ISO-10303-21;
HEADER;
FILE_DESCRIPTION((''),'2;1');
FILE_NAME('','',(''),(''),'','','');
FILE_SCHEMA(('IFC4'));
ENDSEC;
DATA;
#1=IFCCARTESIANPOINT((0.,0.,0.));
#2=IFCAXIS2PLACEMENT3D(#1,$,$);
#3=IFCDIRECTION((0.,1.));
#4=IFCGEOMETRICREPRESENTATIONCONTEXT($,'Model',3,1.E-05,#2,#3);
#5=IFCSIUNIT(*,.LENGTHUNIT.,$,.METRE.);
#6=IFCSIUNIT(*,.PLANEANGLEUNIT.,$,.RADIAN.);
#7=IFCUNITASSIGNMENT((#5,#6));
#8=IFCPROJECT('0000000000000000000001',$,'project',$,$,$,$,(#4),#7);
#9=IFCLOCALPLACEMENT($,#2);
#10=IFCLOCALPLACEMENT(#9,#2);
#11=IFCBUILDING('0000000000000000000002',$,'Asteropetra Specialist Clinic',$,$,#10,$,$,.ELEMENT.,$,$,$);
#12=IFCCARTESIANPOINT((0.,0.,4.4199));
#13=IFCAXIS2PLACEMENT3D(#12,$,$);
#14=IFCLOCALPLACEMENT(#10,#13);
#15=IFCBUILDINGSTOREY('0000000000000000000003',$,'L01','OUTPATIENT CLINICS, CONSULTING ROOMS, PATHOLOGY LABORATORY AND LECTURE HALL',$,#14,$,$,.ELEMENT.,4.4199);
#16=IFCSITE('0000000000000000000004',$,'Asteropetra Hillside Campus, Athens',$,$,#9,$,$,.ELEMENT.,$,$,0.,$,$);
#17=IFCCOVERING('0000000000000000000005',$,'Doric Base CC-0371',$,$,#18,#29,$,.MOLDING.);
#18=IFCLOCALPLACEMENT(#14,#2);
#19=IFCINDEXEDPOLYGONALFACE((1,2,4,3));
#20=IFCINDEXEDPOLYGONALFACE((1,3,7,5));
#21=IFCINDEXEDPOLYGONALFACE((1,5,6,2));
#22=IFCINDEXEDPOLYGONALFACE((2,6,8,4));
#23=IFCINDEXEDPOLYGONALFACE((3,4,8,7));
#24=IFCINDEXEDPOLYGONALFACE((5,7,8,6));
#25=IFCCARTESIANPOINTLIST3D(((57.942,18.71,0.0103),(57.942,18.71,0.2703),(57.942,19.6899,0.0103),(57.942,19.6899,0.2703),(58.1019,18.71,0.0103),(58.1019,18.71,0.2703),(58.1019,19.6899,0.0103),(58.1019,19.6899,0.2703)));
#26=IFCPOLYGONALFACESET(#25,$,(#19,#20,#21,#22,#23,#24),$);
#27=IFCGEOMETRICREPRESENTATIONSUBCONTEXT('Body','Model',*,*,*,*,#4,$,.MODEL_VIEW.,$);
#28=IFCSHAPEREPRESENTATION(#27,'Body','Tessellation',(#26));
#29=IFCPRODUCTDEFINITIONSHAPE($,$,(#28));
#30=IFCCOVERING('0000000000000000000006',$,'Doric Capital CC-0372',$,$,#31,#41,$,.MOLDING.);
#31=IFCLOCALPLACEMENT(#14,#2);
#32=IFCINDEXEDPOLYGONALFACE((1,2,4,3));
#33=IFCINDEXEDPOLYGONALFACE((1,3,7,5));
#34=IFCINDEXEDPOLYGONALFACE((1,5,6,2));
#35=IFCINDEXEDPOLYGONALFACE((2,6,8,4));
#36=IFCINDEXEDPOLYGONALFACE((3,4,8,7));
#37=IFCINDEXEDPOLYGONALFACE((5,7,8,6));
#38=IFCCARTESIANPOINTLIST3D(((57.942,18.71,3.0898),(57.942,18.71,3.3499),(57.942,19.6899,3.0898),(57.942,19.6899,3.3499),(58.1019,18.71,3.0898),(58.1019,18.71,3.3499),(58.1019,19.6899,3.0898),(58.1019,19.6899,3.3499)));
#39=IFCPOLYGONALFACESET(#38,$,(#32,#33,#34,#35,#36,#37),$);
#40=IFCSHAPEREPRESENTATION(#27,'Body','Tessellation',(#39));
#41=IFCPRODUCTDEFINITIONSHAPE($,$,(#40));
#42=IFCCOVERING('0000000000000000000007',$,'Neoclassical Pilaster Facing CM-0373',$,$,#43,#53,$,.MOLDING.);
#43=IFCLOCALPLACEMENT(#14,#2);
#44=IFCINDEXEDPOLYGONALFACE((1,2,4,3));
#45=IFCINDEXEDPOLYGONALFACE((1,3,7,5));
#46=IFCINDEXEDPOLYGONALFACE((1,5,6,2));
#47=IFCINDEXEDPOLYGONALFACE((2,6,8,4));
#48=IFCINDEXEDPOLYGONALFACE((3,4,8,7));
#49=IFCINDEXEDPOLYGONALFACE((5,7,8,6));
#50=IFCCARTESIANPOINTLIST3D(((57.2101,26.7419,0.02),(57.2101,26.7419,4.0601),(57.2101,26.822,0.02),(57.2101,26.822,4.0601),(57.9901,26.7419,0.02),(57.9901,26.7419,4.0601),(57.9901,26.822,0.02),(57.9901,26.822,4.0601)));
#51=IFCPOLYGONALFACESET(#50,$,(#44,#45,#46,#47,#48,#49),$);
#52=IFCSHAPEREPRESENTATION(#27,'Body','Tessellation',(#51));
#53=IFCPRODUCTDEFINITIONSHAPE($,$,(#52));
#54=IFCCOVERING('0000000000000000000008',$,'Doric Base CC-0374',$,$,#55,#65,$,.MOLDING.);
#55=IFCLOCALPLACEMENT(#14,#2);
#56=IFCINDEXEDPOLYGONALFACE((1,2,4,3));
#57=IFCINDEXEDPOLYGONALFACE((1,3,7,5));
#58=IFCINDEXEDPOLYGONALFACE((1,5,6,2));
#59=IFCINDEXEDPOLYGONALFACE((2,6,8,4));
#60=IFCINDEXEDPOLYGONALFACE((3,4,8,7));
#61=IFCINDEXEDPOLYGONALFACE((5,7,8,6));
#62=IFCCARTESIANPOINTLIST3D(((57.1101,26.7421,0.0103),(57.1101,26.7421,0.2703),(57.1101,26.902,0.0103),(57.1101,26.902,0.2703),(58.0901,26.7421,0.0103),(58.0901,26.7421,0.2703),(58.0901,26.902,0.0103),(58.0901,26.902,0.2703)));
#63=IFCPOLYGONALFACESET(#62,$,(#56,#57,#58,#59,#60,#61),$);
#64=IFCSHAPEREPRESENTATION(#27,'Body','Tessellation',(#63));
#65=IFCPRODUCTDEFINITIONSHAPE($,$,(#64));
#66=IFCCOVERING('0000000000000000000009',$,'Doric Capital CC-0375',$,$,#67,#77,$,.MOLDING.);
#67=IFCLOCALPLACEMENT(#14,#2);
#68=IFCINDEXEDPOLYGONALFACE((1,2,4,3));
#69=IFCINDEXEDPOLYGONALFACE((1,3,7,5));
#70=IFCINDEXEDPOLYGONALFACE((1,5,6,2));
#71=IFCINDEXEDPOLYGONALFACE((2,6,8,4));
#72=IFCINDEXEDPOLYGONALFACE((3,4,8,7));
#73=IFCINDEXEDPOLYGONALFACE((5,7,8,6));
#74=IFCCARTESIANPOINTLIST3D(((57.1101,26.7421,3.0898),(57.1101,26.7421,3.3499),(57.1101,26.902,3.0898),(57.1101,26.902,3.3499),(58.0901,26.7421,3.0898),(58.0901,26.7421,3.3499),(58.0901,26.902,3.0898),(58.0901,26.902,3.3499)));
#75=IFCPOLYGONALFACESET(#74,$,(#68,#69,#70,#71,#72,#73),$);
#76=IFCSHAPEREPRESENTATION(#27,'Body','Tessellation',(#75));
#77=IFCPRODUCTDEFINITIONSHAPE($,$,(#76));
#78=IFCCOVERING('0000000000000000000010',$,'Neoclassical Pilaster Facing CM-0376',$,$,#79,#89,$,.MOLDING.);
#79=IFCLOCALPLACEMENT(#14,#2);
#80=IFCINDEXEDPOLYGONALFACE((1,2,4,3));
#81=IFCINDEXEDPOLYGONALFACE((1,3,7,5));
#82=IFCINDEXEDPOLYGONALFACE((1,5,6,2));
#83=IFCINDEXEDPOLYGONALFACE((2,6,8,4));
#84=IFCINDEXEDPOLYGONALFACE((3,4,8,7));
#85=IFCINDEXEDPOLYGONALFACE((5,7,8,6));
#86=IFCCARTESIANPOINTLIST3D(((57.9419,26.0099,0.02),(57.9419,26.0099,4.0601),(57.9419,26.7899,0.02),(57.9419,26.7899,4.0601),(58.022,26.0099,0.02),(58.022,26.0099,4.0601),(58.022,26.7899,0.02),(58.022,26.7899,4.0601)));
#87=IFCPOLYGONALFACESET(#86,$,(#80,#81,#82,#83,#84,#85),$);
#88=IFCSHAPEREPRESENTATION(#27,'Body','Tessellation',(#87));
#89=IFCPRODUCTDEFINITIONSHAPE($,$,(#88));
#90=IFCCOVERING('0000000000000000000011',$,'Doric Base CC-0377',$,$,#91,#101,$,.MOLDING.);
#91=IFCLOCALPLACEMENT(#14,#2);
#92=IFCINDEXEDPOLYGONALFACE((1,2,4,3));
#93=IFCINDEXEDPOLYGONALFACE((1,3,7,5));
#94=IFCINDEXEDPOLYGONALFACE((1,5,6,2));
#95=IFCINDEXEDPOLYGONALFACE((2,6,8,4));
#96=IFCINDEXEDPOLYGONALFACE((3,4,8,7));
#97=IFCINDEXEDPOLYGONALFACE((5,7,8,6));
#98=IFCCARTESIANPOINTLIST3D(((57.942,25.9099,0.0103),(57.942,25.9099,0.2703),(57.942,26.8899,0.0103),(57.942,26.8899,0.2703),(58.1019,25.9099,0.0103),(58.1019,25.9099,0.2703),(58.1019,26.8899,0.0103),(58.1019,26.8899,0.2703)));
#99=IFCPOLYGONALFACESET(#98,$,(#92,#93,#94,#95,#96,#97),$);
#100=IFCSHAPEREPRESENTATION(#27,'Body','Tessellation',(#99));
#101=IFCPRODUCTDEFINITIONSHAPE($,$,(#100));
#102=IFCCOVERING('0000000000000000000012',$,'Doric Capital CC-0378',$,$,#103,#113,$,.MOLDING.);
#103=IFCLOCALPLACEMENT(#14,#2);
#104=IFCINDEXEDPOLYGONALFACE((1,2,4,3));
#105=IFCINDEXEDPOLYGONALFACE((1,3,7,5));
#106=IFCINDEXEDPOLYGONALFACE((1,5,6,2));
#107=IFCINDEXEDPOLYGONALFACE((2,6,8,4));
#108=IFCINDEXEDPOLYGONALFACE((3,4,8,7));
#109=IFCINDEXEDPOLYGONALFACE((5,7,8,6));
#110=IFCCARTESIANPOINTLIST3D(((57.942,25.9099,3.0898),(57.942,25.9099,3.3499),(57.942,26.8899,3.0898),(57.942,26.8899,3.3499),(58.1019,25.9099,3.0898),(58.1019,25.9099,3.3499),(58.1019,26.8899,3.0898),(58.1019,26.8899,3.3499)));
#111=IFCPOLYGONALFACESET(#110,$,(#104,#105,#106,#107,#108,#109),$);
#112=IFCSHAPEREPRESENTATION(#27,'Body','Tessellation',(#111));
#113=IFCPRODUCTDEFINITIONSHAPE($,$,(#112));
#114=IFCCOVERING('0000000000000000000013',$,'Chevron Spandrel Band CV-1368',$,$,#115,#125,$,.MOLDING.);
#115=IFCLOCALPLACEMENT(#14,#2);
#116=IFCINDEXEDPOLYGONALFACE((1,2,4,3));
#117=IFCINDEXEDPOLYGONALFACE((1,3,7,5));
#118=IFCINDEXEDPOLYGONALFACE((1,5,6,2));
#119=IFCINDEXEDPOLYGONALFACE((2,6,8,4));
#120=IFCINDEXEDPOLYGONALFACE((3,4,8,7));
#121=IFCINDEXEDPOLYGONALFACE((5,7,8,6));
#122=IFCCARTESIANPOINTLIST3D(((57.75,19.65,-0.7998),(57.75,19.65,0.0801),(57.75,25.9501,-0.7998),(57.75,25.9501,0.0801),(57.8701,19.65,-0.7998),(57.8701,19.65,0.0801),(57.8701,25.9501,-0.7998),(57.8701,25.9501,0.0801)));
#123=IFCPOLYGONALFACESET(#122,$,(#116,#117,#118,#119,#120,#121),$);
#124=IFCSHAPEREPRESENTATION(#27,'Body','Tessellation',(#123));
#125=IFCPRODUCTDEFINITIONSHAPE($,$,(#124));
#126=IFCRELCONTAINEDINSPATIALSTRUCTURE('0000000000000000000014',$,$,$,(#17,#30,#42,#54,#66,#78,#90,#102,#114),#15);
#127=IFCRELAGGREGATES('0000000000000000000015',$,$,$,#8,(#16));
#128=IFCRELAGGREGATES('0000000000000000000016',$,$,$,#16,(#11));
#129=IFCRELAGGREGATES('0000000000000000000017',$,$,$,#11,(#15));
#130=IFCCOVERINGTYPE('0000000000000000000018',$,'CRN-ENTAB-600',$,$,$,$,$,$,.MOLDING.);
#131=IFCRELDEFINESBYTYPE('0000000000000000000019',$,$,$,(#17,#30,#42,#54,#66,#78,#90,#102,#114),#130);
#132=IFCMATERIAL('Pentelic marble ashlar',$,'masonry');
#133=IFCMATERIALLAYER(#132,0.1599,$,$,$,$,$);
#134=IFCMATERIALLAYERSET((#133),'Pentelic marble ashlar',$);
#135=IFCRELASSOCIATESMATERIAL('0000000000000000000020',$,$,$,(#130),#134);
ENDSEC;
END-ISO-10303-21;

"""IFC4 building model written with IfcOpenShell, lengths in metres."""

from ifc_helpers import new_model, si_unit, direction, frame, origin, origin_2d, place, context, subcontext, project, spatial, rectangle, extrude, material, layer, layer_set, type_object, element, save


model = new_model("IFC4")

# Units and contexts
model_context = context("Model", 3, precision=1e-05, world=origin(), true_north=direction((0.0, 1.0)))
body_context = subcontext(model_context, "Body", "Model", "MODEL_VIEW")
ifc_project = project(units=[si_unit("LENGTHUNIT", "METRE"), si_unit("PLANEANGLEUNIT", "RADIAN")], contexts=[model_context])

# Site, building, storey
site_placement = place(None, origin())
site = spatial("IfcSite", under=ifc_project, at=site_placement, Name="Asteropetra Hillside Campus, Athens", CompositionType="ELEMENT", RefElevation=0.0)
building_placement = place(site_placement, origin())
building = spatial("IfcBuilding", under=site, at=building_placement, Name="Asteropetra Specialist Clinic", CompositionType="ELEMENT")
storey_placement = place(building_placement, frame((0.0, 0.0, 4.4199)))
storey = spatial("IfcBuildingStorey", under=building, at=storey_placement, Name="L01", Description="OUTPATIENT CLINICS, CONSULTING ROOMS, PATHOLOGY LABORATORY AND LECTURE HALL", CompositionType="ELEMENT", Elevation=4.4199)

# Coverings
ifc_material_1 = material(Name="Pentelic marble ashlar", Category="masonry")
ifc_layer_1 = layer(ifc_material_1, 0.1599)
ifc_layer_set_1 = layer_set([ifc_layer_1], Name="Pentelic marble ashlar")
covering_type = type_object("IfcCoveringType", Name="CRN-ENTAB-600", PredefinedType="MOLDING", material=ifc_layer_set_1)
for number, where, z_axis, x_axis, name in (
    (1, (58.022, 19.2, 0.0103), (0.0, 0.0, 1.0), (1.0, 0.0, 0.0), "Doric Base CC-0371"),
    (2, (58.022, 19.2, 3.0898), (0.0, 0.0, 1.0), (1.0, 0.0, 0.0), "Doric Capital CC-0372"),
):
    element("IfcCovering", number, at=place(storey_placement, frame(where, z_axis=z_axis, x_axis=x_axis)), inside=storey, type_object=covering_type, Name=name, PredefinedType="MOLDING", context=body_context, shape_type="SweptSolid", body=[
        extrude(rectangle(XDim=0.1599, YDim=0.98, at=origin_2d()), origin(), (0.0, 0.0, 1.0), 0.26),
    ])
covering_1_placement = place(storey_placement, frame((57.6001, 26.782, 0.02), z_axis=(0.0, 0.0, 1.0), x_axis=(1.0, 0.0, 0.0)))
element("IfcCovering", 3, at=covering_1_placement, inside=storey, type_object=covering_type, Name="Neoclassical Pilaster Facing CM-0373", PredefinedType="MOLDING", context=body_context, shape_type="SweptSolid", body=[
    extrude(rectangle(XDim=0.78, YDim=0.0801, at=origin_2d()), origin(), (0.0, 0.0, 1.0), 4.04),
])
for number, where, z_axis, x_axis, name in (
    (4, (57.6001, 26.822, 0.0103), (0.0, 0.0, 1.0), (1.0, 0.0, 0.0), "Doric Base CC-0374"),
    (5, (57.6001, 26.822, 3.0898), (0.0, 0.0, 1.0), (1.0, 0.0, 0.0), "Doric Capital CC-0375"),
):
    element("IfcCovering", number, at=place(storey_placement, frame(where, z_axis=z_axis, x_axis=x_axis)), inside=storey, type_object=covering_type, Name=name, PredefinedType="MOLDING", context=body_context, shape_type="SweptSolid", body=[
        extrude(rectangle(XDim=0.98, YDim=0.1599, at=origin_2d()), origin(), (0.0, 0.0, 1.0), 0.26),
    ])
covering_2_placement = place(storey_placement, frame((57.9819, 26.3999, 0.02), z_axis=(0.0, 0.0, 1.0), x_axis=(1.0, 0.0, 0.0)))
element("IfcCovering", 6, at=covering_2_placement, inside=storey, type_object=covering_type, Name="Neoclassical Pilaster Facing CM-0376", PredefinedType="MOLDING", context=body_context, shape_type="SweptSolid", body=[
    extrude(rectangle(XDim=0.0801, YDim=0.78, at=origin_2d()), origin(), (0.0, 0.0, 1.0), 4.04),
])
for number, where, z_axis, x_axis, name in (
    (7, (58.022, 26.3999, 0.0103), (0.0, 0.0, 1.0), (1.0, 0.0, 0.0), "Doric Base CC-0377"),
    (8, (58.022, 26.3999, 3.0898), (0.0, 0.0, 1.0), (1.0, 0.0, 0.0), "Doric Capital CC-0378"),
):
    element("IfcCovering", number, at=place(storey_placement, frame(where, z_axis=z_axis, x_axis=x_axis)), inside=storey, type_object=covering_type, Name=name, PredefinedType="MOLDING", context=body_context, shape_type="SweptSolid", body=[
        extrude(rectangle(XDim=0.1599, YDim=0.98, at=origin_2d()), origin(), (0.0, 0.0, 1.0), 0.26),
    ])
covering_3_placement = place(storey_placement, frame((57.8101, 22.8, -0.7998), z_axis=(0.0, 0.0, 1.0), x_axis=(1.0, 0.0, 0.0)))
element("IfcCovering", 9, at=covering_3_placement, inside=storey, type_object=covering_type, Name="Chevron Spandrel Band CV-1368", PredefinedType="MOLDING", context=body_context, shape_type="SweptSolid", body=[
    extrude(rectangle(XDim=0.1201, YDim=6.3, at=origin_2d()), origin(), (0.0, 0.0, 1.0), 0.8799),
])

save(model, "model.ifc")
